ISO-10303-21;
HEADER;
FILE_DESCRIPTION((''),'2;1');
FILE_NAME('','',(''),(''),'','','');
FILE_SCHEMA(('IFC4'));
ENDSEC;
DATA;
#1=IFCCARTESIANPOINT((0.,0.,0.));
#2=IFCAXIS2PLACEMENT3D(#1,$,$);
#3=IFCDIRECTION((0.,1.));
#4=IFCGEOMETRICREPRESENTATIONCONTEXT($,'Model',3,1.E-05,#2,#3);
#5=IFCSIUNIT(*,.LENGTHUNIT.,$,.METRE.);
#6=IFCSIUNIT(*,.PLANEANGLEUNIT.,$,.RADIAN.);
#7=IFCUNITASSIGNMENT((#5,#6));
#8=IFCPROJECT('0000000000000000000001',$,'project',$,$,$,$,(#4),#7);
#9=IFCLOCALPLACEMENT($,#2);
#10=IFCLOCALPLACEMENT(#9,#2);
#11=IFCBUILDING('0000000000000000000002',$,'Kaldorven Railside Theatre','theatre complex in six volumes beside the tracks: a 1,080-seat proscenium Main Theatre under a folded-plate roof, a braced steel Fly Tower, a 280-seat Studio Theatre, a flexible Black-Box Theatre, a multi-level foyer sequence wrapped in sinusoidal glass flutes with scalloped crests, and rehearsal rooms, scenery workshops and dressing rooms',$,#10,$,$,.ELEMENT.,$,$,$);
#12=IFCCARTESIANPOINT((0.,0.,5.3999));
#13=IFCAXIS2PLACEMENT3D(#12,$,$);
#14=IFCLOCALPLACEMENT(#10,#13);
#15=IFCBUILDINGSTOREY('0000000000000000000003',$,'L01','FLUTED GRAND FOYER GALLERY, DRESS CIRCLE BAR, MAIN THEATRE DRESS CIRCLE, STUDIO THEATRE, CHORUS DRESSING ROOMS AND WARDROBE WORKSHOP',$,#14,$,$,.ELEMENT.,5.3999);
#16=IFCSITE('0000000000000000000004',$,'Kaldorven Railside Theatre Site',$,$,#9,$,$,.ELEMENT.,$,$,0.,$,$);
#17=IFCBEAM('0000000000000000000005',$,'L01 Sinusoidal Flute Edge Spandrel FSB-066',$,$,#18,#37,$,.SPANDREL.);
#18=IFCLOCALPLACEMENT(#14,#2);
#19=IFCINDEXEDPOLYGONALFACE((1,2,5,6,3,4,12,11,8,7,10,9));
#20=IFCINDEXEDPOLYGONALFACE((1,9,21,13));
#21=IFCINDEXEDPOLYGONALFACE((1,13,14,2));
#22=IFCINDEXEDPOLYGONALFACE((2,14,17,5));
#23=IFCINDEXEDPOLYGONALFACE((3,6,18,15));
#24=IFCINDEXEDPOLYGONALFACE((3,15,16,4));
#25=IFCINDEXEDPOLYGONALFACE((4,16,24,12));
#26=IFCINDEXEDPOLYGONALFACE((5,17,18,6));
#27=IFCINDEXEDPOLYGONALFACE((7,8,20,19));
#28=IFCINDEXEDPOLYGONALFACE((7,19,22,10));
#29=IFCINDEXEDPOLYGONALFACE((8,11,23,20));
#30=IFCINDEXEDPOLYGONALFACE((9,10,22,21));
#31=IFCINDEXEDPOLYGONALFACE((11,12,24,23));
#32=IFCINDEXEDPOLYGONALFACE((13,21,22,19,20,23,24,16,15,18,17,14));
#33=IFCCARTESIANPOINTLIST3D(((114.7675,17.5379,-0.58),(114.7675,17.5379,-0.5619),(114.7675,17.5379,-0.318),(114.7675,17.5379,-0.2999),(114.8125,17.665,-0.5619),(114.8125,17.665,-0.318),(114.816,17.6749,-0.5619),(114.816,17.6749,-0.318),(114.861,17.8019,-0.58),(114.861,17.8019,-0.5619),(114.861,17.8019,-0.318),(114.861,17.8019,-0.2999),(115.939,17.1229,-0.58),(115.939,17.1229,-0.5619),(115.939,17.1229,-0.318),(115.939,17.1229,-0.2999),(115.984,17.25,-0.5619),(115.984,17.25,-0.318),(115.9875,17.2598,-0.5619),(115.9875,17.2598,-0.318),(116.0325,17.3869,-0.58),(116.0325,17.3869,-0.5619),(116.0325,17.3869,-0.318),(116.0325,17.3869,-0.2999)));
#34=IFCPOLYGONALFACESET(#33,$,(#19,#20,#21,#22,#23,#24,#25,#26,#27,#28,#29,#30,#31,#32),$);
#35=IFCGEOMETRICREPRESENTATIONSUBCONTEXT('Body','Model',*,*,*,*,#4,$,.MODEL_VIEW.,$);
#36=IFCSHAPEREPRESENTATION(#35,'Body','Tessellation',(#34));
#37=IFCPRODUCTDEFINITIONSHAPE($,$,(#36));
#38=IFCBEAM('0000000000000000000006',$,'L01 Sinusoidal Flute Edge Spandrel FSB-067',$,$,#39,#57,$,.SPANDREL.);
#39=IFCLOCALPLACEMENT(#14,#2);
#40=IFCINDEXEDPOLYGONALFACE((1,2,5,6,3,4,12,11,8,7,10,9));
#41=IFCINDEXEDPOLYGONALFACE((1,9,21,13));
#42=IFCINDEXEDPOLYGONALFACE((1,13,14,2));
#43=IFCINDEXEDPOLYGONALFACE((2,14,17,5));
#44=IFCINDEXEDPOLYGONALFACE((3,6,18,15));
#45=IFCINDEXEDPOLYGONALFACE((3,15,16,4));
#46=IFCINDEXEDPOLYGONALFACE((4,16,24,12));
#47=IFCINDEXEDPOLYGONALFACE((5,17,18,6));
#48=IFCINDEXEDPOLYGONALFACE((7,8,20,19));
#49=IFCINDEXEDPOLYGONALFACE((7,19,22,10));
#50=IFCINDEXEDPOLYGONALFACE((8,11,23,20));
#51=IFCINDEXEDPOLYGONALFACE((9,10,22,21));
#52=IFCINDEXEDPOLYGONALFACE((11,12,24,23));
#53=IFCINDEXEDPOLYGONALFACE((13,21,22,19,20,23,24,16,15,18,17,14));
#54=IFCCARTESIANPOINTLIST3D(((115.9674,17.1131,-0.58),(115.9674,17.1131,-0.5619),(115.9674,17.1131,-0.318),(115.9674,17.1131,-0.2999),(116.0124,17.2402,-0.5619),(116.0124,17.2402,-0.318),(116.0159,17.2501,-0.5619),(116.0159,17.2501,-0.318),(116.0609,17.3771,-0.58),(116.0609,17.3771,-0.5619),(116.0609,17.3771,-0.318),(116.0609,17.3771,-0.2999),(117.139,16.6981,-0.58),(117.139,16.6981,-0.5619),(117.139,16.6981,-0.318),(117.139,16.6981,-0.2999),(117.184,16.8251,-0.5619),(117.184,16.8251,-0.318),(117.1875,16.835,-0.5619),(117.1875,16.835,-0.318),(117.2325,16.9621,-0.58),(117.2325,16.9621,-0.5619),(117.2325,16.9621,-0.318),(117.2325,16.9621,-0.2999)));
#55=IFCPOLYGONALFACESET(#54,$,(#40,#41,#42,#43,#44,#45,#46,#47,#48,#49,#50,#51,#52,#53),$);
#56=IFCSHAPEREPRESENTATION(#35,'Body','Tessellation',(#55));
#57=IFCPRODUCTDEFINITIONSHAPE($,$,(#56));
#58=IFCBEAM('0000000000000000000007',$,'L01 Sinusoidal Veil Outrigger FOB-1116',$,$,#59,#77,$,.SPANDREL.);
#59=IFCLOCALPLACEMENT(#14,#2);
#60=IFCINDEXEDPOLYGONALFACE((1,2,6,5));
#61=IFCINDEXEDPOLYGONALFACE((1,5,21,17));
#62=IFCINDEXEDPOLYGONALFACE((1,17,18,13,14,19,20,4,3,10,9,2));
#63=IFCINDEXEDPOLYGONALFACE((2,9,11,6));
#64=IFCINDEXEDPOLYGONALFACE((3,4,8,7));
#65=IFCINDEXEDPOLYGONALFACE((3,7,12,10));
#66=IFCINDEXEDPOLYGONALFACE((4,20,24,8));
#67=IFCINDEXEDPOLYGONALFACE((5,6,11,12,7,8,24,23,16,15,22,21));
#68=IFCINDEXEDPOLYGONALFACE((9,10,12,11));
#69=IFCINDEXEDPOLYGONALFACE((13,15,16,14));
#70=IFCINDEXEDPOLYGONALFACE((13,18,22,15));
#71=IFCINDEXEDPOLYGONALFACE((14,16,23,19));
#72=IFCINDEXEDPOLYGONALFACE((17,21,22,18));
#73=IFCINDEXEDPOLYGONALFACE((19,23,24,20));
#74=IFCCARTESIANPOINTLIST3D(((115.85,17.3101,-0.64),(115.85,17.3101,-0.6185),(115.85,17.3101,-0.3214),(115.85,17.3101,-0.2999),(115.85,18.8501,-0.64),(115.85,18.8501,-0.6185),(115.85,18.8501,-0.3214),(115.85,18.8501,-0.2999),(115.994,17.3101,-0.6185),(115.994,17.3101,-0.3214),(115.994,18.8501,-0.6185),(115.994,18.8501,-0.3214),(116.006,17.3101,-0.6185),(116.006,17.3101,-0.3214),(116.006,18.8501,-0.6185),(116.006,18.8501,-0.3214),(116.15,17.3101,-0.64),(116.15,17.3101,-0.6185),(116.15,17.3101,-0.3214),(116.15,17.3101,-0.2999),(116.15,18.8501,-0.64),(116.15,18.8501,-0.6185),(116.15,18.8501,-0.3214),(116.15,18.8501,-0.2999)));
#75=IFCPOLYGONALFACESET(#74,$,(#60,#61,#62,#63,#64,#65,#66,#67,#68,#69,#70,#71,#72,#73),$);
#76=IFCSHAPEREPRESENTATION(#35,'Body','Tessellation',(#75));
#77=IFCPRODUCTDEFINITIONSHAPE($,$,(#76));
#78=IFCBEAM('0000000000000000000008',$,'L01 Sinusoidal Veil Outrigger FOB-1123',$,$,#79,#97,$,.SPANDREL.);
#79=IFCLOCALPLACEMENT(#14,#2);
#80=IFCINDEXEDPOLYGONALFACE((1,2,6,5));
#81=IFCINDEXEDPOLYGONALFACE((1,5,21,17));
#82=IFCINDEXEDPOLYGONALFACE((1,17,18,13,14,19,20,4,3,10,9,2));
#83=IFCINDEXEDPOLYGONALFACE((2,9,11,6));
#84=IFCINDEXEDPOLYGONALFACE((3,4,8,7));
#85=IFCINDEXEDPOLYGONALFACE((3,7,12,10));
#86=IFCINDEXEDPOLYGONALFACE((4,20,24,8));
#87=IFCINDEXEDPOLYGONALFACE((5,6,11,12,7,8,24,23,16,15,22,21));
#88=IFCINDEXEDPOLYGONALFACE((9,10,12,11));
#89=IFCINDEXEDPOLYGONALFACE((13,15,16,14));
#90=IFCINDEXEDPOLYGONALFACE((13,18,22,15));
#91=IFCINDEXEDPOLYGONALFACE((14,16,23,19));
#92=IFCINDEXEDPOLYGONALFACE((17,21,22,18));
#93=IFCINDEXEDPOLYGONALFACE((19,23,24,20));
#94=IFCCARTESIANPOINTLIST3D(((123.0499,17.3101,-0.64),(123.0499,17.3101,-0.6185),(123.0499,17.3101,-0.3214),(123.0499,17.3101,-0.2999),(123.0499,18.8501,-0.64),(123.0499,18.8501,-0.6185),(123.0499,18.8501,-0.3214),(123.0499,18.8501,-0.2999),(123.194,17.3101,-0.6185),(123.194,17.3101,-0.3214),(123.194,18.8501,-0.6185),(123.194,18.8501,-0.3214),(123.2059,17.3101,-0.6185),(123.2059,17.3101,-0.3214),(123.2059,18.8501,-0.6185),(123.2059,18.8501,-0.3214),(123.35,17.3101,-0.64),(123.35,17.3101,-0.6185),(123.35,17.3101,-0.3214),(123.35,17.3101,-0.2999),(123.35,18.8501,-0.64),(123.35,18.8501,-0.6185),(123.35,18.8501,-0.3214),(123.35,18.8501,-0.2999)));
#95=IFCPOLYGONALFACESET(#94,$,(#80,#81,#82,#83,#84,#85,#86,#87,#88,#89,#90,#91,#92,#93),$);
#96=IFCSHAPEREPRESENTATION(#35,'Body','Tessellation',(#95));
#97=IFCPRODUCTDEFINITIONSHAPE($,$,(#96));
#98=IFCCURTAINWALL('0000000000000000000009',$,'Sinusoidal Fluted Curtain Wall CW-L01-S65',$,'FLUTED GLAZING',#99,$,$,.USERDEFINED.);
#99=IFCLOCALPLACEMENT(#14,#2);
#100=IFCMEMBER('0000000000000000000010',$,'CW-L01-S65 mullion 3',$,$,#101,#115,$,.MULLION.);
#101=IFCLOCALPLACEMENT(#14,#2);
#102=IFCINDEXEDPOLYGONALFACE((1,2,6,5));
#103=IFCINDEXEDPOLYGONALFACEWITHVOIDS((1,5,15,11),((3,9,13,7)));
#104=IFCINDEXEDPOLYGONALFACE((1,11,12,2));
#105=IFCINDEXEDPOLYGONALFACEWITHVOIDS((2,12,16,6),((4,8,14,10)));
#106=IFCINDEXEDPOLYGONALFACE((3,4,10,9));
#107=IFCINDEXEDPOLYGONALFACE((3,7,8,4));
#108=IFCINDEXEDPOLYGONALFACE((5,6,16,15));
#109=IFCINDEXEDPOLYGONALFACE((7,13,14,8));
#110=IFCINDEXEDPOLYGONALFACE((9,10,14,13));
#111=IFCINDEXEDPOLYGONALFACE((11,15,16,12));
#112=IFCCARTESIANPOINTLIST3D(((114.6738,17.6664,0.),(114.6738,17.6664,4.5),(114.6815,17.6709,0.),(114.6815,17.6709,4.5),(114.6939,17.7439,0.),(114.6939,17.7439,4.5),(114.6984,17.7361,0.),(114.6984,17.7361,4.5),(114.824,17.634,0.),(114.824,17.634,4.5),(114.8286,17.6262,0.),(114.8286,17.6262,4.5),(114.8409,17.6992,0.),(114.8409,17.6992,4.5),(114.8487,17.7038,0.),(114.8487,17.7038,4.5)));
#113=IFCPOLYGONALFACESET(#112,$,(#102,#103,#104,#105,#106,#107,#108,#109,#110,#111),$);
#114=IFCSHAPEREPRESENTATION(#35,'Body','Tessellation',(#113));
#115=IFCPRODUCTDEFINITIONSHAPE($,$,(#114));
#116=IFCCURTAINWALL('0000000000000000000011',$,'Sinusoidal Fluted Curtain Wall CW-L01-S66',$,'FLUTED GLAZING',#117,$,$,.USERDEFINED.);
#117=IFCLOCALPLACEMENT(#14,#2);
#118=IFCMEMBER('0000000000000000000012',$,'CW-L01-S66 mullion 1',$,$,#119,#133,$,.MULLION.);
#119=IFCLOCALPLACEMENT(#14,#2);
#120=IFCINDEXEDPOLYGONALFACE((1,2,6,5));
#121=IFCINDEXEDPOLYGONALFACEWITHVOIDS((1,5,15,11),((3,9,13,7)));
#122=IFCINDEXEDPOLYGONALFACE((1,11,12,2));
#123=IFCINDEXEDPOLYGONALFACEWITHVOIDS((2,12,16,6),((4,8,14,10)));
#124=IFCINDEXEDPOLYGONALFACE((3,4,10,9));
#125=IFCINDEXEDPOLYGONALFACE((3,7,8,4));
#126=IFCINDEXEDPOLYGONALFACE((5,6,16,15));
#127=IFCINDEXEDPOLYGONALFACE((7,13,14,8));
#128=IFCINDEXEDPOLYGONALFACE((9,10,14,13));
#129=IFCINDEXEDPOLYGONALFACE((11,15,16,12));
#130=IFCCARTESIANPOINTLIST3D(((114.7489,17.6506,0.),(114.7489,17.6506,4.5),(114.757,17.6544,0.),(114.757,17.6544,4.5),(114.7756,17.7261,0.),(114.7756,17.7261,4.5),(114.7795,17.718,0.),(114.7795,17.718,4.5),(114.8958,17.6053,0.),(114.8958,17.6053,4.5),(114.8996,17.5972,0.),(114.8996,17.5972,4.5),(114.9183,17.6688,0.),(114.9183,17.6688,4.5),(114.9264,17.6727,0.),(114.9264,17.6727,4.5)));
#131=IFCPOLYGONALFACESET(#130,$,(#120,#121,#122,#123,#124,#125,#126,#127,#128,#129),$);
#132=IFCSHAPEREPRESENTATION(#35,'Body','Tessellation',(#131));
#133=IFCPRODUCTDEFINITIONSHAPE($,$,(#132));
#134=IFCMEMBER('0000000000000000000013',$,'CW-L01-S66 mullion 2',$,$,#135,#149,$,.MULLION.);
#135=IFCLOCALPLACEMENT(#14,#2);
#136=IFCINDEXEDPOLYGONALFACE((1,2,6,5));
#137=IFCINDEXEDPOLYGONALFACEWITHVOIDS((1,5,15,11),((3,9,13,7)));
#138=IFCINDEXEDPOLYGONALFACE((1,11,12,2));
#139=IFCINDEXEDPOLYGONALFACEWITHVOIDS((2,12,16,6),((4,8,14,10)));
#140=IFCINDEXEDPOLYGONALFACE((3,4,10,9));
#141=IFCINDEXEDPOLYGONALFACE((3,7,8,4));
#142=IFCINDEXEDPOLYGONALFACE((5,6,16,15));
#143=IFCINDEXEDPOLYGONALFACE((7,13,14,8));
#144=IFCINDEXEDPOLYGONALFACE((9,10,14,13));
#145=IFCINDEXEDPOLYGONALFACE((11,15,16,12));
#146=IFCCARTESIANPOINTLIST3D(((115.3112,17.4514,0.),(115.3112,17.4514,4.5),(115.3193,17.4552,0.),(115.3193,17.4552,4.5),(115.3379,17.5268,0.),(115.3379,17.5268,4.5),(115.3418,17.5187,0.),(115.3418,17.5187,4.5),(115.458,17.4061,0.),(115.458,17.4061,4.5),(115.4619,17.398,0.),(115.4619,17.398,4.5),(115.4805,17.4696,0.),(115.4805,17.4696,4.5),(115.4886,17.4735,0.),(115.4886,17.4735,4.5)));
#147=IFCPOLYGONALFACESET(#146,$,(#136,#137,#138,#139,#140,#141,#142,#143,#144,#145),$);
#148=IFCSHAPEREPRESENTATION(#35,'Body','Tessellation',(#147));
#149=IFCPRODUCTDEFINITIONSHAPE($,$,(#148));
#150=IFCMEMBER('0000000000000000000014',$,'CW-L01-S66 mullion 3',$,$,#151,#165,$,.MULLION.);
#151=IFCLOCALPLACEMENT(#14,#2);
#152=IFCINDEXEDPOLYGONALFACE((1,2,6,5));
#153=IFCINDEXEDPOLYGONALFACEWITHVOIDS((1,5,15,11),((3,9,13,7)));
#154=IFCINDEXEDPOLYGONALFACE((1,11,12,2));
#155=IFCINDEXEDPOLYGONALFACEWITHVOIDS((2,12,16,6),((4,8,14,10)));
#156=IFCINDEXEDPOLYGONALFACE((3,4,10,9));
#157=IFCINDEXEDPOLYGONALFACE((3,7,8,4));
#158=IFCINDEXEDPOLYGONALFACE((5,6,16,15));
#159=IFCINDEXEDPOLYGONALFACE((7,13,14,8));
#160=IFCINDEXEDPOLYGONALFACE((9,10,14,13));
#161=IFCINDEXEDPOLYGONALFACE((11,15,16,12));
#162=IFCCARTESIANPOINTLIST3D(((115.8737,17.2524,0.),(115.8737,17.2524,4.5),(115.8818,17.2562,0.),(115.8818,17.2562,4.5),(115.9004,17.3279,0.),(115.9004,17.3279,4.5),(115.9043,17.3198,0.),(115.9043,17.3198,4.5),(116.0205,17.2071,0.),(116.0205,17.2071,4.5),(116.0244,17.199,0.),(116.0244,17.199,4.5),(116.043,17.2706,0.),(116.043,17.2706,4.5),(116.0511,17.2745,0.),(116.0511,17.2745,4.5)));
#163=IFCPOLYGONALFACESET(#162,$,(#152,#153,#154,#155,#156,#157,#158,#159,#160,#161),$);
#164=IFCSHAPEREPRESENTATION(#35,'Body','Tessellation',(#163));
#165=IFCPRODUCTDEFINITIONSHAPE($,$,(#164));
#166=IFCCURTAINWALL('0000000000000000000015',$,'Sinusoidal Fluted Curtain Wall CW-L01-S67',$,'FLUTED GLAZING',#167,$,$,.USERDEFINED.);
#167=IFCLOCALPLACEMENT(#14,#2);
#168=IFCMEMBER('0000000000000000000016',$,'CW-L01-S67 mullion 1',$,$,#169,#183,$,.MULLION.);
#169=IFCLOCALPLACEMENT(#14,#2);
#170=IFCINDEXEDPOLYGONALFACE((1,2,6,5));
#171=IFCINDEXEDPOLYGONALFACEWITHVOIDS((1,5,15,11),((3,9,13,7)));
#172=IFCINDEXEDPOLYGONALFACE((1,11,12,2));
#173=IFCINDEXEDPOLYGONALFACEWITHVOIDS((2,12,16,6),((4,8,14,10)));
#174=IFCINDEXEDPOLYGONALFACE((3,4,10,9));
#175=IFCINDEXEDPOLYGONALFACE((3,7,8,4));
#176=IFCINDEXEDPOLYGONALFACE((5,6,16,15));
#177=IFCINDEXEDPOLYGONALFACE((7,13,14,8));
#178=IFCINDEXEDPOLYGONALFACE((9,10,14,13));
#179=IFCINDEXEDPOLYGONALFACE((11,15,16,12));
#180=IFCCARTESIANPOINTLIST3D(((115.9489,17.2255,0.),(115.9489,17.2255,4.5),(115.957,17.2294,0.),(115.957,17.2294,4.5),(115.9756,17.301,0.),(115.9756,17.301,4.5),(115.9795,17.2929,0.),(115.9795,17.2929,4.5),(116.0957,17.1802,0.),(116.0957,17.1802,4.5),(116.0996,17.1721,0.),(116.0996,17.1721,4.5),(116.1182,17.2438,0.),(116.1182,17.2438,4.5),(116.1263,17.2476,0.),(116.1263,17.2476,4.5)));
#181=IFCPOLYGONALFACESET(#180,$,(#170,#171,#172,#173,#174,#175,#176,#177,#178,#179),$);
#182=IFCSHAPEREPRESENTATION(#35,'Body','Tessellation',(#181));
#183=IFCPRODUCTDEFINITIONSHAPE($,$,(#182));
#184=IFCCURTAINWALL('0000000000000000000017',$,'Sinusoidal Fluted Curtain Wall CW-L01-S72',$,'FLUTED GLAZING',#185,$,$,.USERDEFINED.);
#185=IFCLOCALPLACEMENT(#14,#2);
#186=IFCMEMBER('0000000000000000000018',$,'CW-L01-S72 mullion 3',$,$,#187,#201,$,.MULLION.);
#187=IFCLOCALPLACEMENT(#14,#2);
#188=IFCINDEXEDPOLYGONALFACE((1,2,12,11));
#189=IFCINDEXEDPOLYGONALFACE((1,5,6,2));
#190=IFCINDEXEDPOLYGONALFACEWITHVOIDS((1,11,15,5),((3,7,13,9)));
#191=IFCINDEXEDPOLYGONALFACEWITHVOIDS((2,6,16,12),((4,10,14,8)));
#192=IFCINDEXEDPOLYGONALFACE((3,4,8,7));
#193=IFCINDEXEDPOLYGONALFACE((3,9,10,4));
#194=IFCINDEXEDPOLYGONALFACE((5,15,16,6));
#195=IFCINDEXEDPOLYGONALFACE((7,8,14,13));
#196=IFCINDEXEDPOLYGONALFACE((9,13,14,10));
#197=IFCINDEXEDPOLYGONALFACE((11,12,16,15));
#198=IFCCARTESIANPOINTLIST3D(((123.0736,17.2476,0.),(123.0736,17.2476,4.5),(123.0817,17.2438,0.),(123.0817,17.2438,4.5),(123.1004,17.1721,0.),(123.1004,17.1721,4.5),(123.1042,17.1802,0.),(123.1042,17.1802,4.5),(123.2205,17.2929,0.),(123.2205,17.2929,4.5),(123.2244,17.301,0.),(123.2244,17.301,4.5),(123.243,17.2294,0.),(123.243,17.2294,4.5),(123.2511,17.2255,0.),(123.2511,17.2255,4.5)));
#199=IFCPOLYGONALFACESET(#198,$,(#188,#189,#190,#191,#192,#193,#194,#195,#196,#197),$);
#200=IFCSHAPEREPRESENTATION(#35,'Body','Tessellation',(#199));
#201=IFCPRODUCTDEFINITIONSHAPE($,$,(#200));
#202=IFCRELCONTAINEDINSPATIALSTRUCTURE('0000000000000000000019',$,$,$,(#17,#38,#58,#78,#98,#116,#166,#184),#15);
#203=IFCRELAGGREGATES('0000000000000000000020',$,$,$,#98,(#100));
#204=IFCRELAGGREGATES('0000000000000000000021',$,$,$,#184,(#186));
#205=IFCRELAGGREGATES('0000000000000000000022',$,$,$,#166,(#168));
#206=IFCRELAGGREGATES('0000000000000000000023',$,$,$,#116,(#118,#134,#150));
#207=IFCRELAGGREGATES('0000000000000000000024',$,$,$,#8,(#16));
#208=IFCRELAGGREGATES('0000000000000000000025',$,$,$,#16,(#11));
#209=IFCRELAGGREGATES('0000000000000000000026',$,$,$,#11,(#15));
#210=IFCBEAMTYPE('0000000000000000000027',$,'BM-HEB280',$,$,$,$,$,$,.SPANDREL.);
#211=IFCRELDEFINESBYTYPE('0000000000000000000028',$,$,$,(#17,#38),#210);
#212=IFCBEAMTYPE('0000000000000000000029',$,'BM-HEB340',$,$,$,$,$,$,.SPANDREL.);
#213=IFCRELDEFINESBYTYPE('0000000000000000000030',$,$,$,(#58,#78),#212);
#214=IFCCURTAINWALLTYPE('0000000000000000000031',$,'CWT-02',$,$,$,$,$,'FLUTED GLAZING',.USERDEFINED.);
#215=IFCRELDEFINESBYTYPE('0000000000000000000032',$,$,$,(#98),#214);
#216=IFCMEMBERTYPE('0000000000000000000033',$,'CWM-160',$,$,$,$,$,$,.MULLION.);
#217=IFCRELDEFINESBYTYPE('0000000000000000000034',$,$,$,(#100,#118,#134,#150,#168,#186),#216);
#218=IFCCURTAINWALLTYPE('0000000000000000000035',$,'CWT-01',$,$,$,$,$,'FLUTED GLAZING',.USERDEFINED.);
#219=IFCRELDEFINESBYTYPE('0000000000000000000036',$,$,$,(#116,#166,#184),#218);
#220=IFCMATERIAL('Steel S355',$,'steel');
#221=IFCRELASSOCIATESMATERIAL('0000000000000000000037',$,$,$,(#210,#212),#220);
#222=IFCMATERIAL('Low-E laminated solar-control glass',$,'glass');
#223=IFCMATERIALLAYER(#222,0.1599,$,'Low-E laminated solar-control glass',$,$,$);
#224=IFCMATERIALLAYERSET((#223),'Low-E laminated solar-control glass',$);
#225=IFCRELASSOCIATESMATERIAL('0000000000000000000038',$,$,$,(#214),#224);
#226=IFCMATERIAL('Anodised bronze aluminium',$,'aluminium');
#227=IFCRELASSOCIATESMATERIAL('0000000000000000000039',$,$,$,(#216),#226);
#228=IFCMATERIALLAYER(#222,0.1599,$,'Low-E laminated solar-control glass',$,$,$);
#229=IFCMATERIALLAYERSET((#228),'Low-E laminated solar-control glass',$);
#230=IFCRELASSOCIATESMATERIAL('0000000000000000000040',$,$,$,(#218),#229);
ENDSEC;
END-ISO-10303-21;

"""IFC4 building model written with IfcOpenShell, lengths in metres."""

from ifc_helpers import new_model, si_unit, direction, frame, origin, origin_2d, place, context, subcontext, project, spatial, hollow_rectangle, i_section, extrude, material, layer, layer_set, material_profile, profile_set, type_object, element, aggregate, save


model = new_model("IFC4")

# Units and contexts
model_context = context("Model", 3, precision=1e-05, world=origin(), true_north=direction((0.0, 1.0)))
body_context = subcontext(model_context, "Body", "Model", "MODEL_VIEW")
ifc_project = project(units=[si_unit("LENGTHUNIT", "METRE"), si_unit("PLANEANGLEUNIT", "RADIAN")], contexts=[model_context])

# Site, building, storey
site_placement = place(None, origin())
site = spatial("IfcSite", under=ifc_project, at=site_placement, Name="Kaldorven Railside Theatre Site", CompositionType="ELEMENT", RefElevation=0.0)
building_placement = place(site_placement, origin())
building = spatial("IfcBuilding", under=site, at=building_placement, Name="Kaldorven Railside Theatre", Description="theatre complex in six volumes beside the tracks: a 1,080-seat proscenium Main Theatre under a folded-plate roof, a braced steel Fly Tower, a 280-seat Studio Theatre, a flexible Black-Box Theatre, a multi-level foyer sequence wrapped in sinusoidal glass flutes with scalloped crests, and rehearsal rooms, scenery workshops and dressing rooms", CompositionType="ELEMENT")
storey_placement = place(building_placement, frame((0.0, 0.0, 5.3999)))
storey = spatial("IfcBuildingStorey", under=building, at=storey_placement, Name="L01", Description="FLUTED GRAND FOYER GALLERY, DRESS CIRCLE BAR, MAIN THEATRE DRESS CIRCLE, STUDIO THEATRE, CHORUS DRESSING ROOMS AND WARDROBE WORKSHOP", CompositionType="ELEMENT", Elevation=5.3999)

# Beams
ifc_material_1 = material(Name="Steel S355", Category="steel")
ifc_material_profile_1 = material_profile(ifc_material_1, i_section(OverallWidth=0.28, OverallDepth=0.28, WebThickness=0.0105, FlangeThickness=0.0181, at=origin_2d()), Name="HEB 280")
ifc_profile_set_1 = profile_set([ifc_material_profile_1], Name="Steel S355")
beam_type_1 = type_object("IfcBeamType", Name="BM-HEB280", PredefinedType="SPANDREL", material=ifc_profile_set_1)
for number, where, z_axis, x_axis, name in (
    (1, (114.8142, 17.6699, -0.4399), (0.942605, -0.333909, 0.0), (0.333909, 0.942605, 0.0), "L01 Sinusoidal Flute Edge Spandrel FSB-066"),
    (2, (116.0142, 17.2451, -0.4399), (0.942605, -0.333909, 0.0), (0.333909, 0.942605, 0.0), "L01 Sinusoidal Flute Edge Spandrel FSB-067"),
):
    element("IfcBeam", number, at=place(storey_placement, frame(where, z_axis=z_axis, x_axis=x_axis)), inside=storey, type_object=beam_type_1, Name=name, PredefinedType="SPANDREL", context=body_context, shape_type="SweptSolid", body=[
        extrude(i_section(OverallWidth=0.28, OverallDepth=0.28, WebThickness=0.0105, FlangeThickness=0.0181, at=origin_2d()), origin(), (0.0, 0.0, 1.0), 1.2429),
    ])
ifc_material_profile_2 = material_profile(ifc_material_1, i_section(OverallWidth=0.3, OverallDepth=0.3401, WebThickness=0.012, FlangeThickness=0.0215, at=origin_2d()), Name="HEB 340")
ifc_profile_set_2 = profile_set([ifc_material_profile_2], Name="Steel S355")
beam_type_2 = type_object("IfcBeamType", Name="BM-HEB340", PredefinedType="SPANDREL", material=ifc_profile_set_2)
for number, where, z_axis, x_axis, name in (
    (3, (116.0, 17.3101, -0.47), (0.0, 1.0, 0.0), (-1.0, 0.0, 0.0), "L01 Sinusoidal Veil Outrigger FOB-1116"),
    (4, (123.2, 17.3101, -0.47), (0.0, 1.0, 0.0), (-1.0, 0.0, 0.0), "L01 Sinusoidal Veil Outrigger FOB-1123"),
):
    element("IfcBeam", number, at=place(storey_placement, frame(where, z_axis=z_axis, x_axis=x_axis)), inside=storey, type_object=beam_type_2, Name=name, PredefinedType="SPANDREL", context=body_context, shape_type="SweptSolid", body=[
        extrude(i_section(OverallWidth=0.3, OverallDepth=0.3401, WebThickness=0.012, FlangeThickness=0.0215, at=origin_2d()), origin(), (0.0, 0.0, 1.0), 1.54),
    ])

# Curtain wall, member
ifc_material_2 = material(Name="Low-E laminated solar-control glass", Category="glass")
ifc_layer_1 = layer(ifc_material_2, 0.1599, Name="Low-E laminated solar-control glass")
ifc_layer_set_1 = layer_set([ifc_layer_1], Name="Low-E laminated solar-control glass")
curtain_wall_type_1 = type_object("IfcCurtainWallType", Name="CWT-02", ElementType="FLUTED GLAZING", PredefinedType="USERDEFINED", material=ifc_layer_set_1)
curtain_wall_1_placement = place(storey_placement, origin())
curtain_wall_1 = element("IfcCurtainWall", 5, at=curtain_wall_1_placement, inside=storey, type_object=curtain_wall_type_1, Name="Sinusoidal Fluted Curtain Wall CW-L01-S65", ObjectType="FLUTED GLAZING", PredefinedType="USERDEFINED")
ifc_material_3 = material(Name="Anodised bronze aluminium", Category="aluminium")
ifc_material_profile_3 = material_profile(ifc_material_3, hollow_rectangle(XDim=0.0801, YDim=0.1599, WallThickness=0.0063, at=origin_2d()), Name="RHS 160x80x6.3")
ifc_profile_set_3 = profile_set([ifc_material_profile_3], Name="Anodised bronze aluminium")
member_type_1 = type_object("IfcMemberType", Name="CWM-160", PredefinedType="MULLION", material=ifc_profile_set_3)
member_1_placement = place(storey_placement, frame((114.7612, 17.6851, 0.0), z_axis=(0.0, 0.0, 1.0), x_axis=(0.250954, 0.967999, 0.0)))
member_1 = element("IfcMember", 6, at=member_1_placement, type_object=member_type_1, Name="CW-L01-S65 mullion 3", PredefinedType="MULLION", context=body_context, shape_type="SweptSolid", body=[
    extrude(hollow_rectangle(XDim=0.0801, YDim=0.1599, WallThickness=0.0063, at=origin_2d()), origin(), (0.0, 0.0, 1.0), 4.5),
])
aggregate(curtain_wall_1, [member_1])

# Curtain wall, members
ifc_layer_2 = layer(ifc_material_2, 0.1599, Name="Low-E laminated solar-control glass")
ifc_layer_set_2 = layer_set([ifc_layer_2], Name="Low-E laminated solar-control glass")
curtain_wall_type_2 = type_object("IfcCurtainWallType", Name="CWT-01", ElementType="FLUTED GLAZING", PredefinedType="USERDEFINED", material=ifc_layer_set_2)
curtain_wall_2_placement = place(storey_placement, origin())
curtain_wall_2 = element("IfcCurtainWall", 7, at=curtain_wall_2_placement, inside=storey, type_object=curtain_wall_type_2, Name="Sinusoidal Fluted Curtain Wall CW-L01-S66", ObjectType="FLUTED GLAZING", PredefinedType="USERDEFINED")
member_2_placement = place(storey_placement, frame((114.8376, 17.6616, 0.0), z_axis=(0.0, 0.0, 1.0), x_axis=(0.333847, 0.942627, 0.0)))
member_2 = element("IfcMember", 8, at=member_2_placement, type_object=member_type_1, Name="CW-L01-S66 mullion 1", PredefinedType="MULLION", context=body_context, shape_type="SweptSolid", body=[
    extrude(hollow_rectangle(XDim=0.0801, YDim=0.1599, WallThickness=0.0063, at=origin_2d()), origin(), (0.0, 0.0, 1.0), 4.5),
])
member_3_placement = place(storey_placement, frame((115.3999, 17.4624, 0.0), z_axis=(0.0, 0.0, 1.0), x_axis=(0.333847, 0.942627, 0.0)))
member_3 = element("IfcMember", 9, at=member_3_placement, type_object=member_type_1, Name="CW-L01-S66 mullion 2", PredefinedType="MULLION", context=body_context, shape_type="SweptSolid", body=[
    extrude(hollow_rectangle(XDim=0.0801, YDim=0.1599, WallThickness=0.0063, at=origin_2d()), origin(), (0.0, 0.0, 1.0), 4.5),
])
member_4_placement = place(storey_placement, frame((115.9624, 17.2634, 0.0), z_axis=(0.0, 0.0, 1.0), x_axis=(0.333847, 0.942627, 0.0)))
member_4 = element("IfcMember", 10, at=member_4_placement, type_object=member_type_1, Name="CW-L01-S66 mullion 3", PredefinedType="MULLION", context=body_context, shape_type="SweptSolid", body=[
    extrude(hollow_rectangle(XDim=0.0801, YDim=0.1599, WallThickness=0.0063, at=origin_2d()), origin(), (0.0, 0.0, 1.0), 4.5),
])

# Curtain walls, members
curtain_wall_3_placement = place(storey_placement, origin())
curtain_wall_3 = element("IfcCurtainWall", 11, at=curtain_wall_3_placement, inside=storey, type_object=curtain_wall_type_2, Name="Sinusoidal Fluted Curtain Wall CW-L01-S67", ObjectType="FLUTED GLAZING", PredefinedType="USERDEFINED")
member_5_placement = place(storey_placement, frame((116.0376, 17.2366, 0.0), z_axis=(0.0, 0.0, 1.0), x_axis=(0.333847, 0.942627, 0.0)))
member_5 = element("IfcMember", 12, at=member_5_placement, type_object=member_type_1, Name="CW-L01-S67 mullion 1", PredefinedType="MULLION", context=body_context, shape_type="SweptSolid", body=[
    extrude(hollow_rectangle(XDim=0.0801, YDim=0.1599, WallThickness=0.0063, at=origin_2d()), origin(), (0.0, 0.0, 1.0), 4.5),
])
curtain_wall_4_placement = place(storey_placement, origin())
curtain_wall_4 = element("IfcCurtainWall", 13, at=curtain_wall_4_placement, inside=storey, type_object=curtain_wall_type_2, Name="Sinusoidal Fluted Curtain Wall CW-L01-S72", ObjectType="FLUTED GLAZING", PredefinedType="USERDEFINED")
member_6_placement = place(storey_placement, frame((123.1624, 17.2366, 0.0), z_axis=(0.0, 0.0, 1.0), x_axis=(-0.333847, 0.942627, 0.0)))
member_6 = element("IfcMember", 14, at=member_6_placement, type_object=member_type_1, Name="CW-L01-S72 mullion 3", PredefinedType="MULLION", context=body_context, shape_type="SweptSolid", body=[
    extrude(hollow_rectangle(XDim=0.0801, YDim=0.1599, WallThickness=0.0063, at=origin_2d()), origin(), (0.0, 0.0, 1.0), 4.5),
])
aggregate(curtain_wall_4, [member_6])

aggregate(curtain_wall_3, [member_5])

aggregate(curtain_wall_2, [member_2, member_3, member_4])

save(model, "model.ifc")
